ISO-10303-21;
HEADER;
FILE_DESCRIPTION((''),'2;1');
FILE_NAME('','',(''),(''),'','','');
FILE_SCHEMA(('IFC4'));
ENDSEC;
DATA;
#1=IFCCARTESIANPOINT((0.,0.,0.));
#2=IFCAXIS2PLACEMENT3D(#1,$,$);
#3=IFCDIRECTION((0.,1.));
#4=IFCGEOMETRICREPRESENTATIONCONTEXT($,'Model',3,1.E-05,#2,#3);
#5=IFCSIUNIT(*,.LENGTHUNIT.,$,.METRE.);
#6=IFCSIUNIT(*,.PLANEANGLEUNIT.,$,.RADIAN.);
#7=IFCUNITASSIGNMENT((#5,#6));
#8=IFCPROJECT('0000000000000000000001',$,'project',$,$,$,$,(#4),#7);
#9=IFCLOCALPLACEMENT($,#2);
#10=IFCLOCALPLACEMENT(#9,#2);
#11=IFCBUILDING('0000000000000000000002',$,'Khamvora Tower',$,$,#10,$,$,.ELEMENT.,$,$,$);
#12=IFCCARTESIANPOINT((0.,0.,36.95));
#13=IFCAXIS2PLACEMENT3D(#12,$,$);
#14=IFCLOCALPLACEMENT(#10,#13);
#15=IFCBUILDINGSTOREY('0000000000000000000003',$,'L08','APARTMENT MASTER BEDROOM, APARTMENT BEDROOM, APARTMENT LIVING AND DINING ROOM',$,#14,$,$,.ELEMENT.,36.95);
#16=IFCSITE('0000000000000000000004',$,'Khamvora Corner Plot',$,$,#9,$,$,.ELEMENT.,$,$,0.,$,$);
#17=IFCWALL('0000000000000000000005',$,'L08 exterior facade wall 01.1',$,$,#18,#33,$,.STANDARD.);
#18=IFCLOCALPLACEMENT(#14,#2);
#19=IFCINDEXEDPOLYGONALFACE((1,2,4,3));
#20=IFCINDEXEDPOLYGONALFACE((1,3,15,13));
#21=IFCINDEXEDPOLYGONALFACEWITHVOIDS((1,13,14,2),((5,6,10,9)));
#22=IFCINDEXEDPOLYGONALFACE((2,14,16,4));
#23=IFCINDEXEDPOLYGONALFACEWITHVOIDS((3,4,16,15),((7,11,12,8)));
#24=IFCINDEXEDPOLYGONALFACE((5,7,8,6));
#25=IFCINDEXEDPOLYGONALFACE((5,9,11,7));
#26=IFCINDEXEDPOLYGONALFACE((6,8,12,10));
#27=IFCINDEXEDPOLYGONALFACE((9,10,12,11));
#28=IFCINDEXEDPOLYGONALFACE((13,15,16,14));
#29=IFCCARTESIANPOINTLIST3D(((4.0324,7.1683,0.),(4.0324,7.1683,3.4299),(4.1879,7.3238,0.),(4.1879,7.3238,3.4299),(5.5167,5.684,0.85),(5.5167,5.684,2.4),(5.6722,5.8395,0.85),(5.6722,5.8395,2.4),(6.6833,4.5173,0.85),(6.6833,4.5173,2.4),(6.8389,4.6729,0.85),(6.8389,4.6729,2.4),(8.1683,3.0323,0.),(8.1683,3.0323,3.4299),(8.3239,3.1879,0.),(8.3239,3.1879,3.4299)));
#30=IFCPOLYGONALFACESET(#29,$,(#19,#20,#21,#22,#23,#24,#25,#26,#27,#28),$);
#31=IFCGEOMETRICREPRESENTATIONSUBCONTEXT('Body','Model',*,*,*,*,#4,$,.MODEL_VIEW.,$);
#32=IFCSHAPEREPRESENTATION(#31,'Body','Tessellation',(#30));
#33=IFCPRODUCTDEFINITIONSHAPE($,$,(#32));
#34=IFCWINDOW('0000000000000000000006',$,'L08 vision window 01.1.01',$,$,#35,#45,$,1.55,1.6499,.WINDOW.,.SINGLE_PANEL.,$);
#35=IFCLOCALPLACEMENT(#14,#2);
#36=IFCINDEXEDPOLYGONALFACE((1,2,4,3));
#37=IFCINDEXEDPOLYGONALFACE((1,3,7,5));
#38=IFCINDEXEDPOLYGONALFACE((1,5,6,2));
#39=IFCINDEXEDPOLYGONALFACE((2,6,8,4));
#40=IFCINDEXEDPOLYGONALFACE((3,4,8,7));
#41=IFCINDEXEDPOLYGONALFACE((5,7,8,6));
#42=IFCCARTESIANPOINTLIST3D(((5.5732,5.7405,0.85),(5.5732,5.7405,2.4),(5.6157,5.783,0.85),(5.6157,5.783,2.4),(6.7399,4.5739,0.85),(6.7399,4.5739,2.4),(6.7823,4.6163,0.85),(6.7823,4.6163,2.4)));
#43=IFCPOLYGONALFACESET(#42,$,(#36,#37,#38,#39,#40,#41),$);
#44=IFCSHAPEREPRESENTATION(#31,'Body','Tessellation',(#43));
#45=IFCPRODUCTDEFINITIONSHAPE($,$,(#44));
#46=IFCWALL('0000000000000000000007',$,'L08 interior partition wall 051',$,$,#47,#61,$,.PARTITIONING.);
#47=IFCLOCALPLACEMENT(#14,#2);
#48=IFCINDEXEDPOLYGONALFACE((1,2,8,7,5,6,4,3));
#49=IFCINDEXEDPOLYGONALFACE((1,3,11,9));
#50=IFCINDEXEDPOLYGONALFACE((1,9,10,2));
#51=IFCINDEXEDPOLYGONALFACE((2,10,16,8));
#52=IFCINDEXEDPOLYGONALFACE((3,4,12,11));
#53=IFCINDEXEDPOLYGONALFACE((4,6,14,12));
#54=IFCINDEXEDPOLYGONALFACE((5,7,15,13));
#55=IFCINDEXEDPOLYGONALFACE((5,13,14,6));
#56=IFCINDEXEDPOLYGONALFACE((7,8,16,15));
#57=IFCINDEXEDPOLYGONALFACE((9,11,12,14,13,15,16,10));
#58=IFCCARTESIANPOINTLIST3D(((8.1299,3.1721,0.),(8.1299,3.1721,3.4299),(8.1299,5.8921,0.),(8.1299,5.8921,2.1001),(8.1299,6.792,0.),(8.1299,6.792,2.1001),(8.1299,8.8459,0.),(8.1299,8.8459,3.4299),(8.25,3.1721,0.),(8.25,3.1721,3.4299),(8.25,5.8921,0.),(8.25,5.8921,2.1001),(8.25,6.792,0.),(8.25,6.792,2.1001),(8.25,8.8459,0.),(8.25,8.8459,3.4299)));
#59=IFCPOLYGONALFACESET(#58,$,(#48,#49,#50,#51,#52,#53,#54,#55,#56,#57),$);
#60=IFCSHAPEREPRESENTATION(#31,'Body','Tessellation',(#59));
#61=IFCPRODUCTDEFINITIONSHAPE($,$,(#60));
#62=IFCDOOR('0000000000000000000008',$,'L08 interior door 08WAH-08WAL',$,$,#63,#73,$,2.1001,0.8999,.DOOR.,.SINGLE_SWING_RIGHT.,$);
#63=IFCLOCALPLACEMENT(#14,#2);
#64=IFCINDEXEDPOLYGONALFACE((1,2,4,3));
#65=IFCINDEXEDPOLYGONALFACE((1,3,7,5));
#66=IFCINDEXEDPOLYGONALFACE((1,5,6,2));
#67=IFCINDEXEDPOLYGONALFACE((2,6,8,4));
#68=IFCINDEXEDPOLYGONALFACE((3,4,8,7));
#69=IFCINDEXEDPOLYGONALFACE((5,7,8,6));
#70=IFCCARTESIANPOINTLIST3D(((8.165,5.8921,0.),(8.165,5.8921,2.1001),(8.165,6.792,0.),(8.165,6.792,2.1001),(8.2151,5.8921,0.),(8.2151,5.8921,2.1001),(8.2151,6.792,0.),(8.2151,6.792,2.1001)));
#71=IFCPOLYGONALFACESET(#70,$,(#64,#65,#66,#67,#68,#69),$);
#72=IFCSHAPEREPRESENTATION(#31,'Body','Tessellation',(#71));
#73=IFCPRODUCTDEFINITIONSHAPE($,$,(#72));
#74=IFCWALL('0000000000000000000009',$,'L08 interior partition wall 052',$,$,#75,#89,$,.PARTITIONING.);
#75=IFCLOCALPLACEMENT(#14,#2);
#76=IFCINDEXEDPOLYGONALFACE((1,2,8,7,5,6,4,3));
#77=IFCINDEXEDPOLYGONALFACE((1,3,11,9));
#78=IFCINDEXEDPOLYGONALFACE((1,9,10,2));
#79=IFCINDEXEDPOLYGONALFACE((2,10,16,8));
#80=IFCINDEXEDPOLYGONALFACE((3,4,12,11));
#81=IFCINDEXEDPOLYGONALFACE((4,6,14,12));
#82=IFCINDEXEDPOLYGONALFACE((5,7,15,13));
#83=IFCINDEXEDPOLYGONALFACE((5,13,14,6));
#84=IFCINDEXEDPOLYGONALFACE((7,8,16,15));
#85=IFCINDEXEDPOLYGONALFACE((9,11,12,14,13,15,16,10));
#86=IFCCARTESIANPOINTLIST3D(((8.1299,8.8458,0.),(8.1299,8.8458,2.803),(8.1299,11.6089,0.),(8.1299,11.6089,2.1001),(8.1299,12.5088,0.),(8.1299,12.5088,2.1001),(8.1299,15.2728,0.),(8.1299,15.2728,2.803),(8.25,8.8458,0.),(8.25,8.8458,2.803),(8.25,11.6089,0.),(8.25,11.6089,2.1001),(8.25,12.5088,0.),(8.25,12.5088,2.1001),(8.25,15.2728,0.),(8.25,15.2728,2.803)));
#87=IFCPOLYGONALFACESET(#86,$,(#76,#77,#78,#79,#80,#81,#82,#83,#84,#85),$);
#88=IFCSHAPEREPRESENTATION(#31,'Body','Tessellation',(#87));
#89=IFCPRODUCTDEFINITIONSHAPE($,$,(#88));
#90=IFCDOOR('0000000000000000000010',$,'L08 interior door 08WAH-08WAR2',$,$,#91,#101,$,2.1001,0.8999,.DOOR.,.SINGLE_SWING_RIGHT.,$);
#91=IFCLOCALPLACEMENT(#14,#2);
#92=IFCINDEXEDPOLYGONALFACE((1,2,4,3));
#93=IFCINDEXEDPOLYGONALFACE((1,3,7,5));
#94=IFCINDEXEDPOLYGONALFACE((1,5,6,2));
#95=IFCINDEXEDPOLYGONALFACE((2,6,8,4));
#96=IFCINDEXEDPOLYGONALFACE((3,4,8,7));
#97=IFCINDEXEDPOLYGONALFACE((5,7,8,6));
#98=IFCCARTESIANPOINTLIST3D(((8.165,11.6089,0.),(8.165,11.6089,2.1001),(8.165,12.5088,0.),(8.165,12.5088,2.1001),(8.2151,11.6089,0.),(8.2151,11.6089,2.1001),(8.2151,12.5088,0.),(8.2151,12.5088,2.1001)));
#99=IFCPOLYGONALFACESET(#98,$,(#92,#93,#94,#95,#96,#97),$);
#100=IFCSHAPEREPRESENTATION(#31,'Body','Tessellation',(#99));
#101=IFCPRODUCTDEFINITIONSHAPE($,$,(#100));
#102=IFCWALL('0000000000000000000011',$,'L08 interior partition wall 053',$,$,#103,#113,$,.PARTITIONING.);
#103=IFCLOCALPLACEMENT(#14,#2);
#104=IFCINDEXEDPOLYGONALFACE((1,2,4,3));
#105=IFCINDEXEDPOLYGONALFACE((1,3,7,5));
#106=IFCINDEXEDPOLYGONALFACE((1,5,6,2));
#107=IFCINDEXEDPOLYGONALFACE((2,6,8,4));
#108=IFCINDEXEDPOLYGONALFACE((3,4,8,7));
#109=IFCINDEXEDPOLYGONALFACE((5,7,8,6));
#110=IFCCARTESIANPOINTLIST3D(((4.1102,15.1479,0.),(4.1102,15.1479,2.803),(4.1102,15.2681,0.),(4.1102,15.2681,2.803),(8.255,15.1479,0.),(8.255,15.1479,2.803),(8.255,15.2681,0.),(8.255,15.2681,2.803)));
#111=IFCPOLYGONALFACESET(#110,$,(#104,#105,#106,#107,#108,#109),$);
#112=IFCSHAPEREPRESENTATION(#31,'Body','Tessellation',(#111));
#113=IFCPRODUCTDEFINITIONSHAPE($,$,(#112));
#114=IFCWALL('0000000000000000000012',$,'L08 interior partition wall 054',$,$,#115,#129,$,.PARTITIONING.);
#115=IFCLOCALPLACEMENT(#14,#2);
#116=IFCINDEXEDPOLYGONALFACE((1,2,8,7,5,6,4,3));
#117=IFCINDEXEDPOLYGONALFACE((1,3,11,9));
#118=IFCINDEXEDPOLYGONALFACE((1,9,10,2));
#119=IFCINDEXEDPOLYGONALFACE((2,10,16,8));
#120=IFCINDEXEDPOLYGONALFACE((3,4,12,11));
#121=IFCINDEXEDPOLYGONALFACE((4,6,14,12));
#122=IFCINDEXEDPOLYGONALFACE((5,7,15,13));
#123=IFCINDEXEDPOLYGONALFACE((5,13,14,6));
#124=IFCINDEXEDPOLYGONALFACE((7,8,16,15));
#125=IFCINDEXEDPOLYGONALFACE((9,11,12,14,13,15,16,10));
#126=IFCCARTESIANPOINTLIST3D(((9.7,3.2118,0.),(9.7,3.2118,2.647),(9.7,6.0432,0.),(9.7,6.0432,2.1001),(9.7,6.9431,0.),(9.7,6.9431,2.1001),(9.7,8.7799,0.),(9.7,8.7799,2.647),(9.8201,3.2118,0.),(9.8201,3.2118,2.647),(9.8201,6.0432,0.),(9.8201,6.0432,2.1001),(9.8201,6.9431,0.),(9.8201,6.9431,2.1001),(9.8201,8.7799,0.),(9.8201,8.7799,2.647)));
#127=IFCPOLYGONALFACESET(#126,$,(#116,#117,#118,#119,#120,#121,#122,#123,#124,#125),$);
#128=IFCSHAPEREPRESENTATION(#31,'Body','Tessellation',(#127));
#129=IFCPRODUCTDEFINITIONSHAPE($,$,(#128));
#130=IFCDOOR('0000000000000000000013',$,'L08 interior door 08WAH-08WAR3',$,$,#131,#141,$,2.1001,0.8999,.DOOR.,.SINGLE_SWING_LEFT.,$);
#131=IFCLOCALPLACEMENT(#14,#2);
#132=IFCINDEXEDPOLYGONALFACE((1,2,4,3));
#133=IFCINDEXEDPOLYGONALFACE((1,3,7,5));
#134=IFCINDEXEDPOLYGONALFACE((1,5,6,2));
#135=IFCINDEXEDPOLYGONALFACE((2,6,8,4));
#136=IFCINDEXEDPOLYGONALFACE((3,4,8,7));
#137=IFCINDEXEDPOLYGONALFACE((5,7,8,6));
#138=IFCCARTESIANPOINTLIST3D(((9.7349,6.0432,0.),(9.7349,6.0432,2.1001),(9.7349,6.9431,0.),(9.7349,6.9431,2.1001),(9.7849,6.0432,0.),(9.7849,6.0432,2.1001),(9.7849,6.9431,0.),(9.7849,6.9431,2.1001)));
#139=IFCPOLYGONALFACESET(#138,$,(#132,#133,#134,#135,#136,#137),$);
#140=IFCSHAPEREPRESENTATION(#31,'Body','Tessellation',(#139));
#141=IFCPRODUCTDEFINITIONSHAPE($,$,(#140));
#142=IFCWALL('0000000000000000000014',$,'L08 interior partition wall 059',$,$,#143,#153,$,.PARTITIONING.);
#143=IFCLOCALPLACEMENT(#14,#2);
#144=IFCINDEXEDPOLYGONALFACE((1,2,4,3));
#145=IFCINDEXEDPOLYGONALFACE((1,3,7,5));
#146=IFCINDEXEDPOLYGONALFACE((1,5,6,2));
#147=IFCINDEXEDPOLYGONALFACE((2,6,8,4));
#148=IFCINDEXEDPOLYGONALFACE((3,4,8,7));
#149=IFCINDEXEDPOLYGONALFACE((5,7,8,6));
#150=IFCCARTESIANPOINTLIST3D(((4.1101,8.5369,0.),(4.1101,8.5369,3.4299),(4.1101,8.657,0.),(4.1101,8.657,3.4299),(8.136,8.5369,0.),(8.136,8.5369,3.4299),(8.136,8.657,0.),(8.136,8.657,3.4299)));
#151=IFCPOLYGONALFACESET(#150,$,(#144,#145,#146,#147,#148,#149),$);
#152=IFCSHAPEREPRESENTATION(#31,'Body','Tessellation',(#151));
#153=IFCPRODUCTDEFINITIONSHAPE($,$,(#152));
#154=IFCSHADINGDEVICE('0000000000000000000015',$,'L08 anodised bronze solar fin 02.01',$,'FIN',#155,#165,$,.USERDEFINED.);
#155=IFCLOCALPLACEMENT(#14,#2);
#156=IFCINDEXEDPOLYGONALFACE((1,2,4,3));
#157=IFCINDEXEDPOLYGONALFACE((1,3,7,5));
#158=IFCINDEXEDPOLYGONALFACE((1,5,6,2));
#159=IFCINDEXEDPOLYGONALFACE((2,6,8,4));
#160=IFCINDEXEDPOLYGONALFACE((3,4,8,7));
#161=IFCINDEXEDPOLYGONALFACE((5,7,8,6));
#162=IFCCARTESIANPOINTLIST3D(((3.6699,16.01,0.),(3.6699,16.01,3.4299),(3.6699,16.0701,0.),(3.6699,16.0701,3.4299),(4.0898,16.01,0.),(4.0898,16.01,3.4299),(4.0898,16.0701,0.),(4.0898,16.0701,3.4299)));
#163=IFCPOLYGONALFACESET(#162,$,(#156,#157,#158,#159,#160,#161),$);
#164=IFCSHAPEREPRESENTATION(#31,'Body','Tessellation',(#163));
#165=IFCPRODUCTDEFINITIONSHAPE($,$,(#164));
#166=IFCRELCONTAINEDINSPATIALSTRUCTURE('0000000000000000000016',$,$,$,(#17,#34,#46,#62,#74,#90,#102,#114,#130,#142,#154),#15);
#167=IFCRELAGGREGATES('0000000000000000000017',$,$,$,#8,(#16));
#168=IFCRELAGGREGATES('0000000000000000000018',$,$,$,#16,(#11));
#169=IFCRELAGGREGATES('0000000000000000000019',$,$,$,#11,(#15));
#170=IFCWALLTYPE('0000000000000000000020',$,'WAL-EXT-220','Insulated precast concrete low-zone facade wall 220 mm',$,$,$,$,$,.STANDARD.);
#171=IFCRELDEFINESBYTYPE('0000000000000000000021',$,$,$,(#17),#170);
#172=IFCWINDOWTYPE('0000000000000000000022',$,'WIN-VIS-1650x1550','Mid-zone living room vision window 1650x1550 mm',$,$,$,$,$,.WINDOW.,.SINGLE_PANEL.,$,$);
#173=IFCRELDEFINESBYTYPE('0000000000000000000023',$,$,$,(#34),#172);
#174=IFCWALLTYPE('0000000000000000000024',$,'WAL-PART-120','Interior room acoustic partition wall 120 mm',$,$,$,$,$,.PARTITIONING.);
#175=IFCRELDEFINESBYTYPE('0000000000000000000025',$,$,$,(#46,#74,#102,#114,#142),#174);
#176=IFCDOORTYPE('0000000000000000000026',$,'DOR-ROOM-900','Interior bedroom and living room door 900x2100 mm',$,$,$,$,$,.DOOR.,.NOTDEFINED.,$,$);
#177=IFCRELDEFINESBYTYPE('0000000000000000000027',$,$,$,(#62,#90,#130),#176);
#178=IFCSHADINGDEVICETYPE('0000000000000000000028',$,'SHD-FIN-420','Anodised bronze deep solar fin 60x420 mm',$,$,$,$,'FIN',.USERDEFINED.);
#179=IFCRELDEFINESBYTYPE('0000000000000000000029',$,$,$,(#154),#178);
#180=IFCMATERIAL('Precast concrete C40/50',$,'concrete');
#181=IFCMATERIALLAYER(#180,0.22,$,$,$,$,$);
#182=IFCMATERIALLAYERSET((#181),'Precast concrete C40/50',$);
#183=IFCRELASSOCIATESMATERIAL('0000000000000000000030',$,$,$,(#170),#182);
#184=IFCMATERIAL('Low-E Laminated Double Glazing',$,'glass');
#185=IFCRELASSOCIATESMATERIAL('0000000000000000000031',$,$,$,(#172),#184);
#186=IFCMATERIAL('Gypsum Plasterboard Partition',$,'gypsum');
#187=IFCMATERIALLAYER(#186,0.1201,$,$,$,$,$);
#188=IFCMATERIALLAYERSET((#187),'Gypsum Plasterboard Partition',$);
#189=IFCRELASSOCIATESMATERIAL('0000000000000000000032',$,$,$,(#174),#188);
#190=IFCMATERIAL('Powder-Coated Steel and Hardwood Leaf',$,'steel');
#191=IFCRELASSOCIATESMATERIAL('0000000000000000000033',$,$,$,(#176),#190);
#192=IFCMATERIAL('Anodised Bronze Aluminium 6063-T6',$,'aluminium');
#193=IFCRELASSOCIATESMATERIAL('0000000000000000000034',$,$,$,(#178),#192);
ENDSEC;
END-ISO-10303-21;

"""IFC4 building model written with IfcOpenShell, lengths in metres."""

from ifc_helpers import new_model, si_unit, direction, frame, frame_2d, origin, origin_2d, place, context, subcontext, project, spatial, rectangle, extrude, material, layer, layer_set, type_object, element, fill, save


model = new_model("IFC4")

# Units and contexts
model_context = context("Model", 3, precision=1e-05, world=origin(), true_north=direction((0.0, 1.0)))
body_context = subcontext(model_context, "Body", "Model", "MODEL_VIEW")
ifc_project = project(units=[si_unit("LENGTHUNIT", "METRE"), si_unit("PLANEANGLEUNIT", "RADIAN")], contexts=[model_context])

# Site, building, storey
site_placement = place(None, origin())
site = spatial("IfcSite", under=ifc_project, at=site_placement, Name="Khamvora Corner Plot", CompositionType="ELEMENT", RefElevation=0.0)
building_placement = place(site_placement, origin())
building = spatial("IfcBuilding", under=site, at=building_placement, Name="Khamvora Tower", CompositionType="ELEMENT")
storey_placement = place(building_placement, frame((0.0, 0.0, 36.95)))
storey = spatial("IfcBuildingStorey", under=building, at=storey_placement, Name="L08", Description="APARTMENT MASTER BEDROOM, APARTMENT BEDROOM, APARTMENT LIVING AND DINING ROOM", CompositionType="ELEMENT", Elevation=36.95)

# Shared definitions
ifc_material_1 = material(Name="Low-E Laminated Double Glazing", Category="glass")

# Wall, opening, window
ifc_material_2 = material(Name="Precast concrete C40/50", Category="concrete")
ifc_layer_1 = layer(ifc_material_2, 0.22)
ifc_layer_set_1 = layer_set([ifc_layer_1], Name="Precast concrete C40/50")
wall_type_1 = type_object("IfcWallType", Name="WAL-EXT-220", Description="Insulated precast concrete low-zone facade wall 220 mm", PredefinedType="STANDARD", material=ifc_layer_set_1)
wall_1_placement = place(storey_placement, frame((8.2461, 3.1101, 0.0), z_axis=(0.0, 0.0, 1.0), x_axis=(-0.707107, 0.707107, 0.0)))
wall_1 = element("IfcWall", 1, at=wall_1_placement, inside=storey, type_object=wall_type_1, Name="L08 exterior facade wall 01.1", PredefinedType="STANDARD", context=body_context, shape_type="SweptSolid", body=[
    extrude(rectangle(XDim=5.8491, YDim=0.22, at=frame_2d((2.9246, 0.0))), origin(), (0.0, 0.0, 1.0), 3.4299),
])
opening_1_placement = place(wall_1_placement, frame((2.1001, 0.0, 0.8501)))
opening_1 = element("IfcOpeningElement", 2, at=opening_1_placement, cuts=wall_1, PredefinedType="OPENING", context=body_context, shape_type="SweptSolid", body=[
    extrude(rectangle(XDim=1.6499, YDim=1.55, at=frame_2d((0.825, 0.7749))), frame((0.0, 0.1199, 0.0), z_axis=(0.0, -1.0, 0.0), x_axis=(1.0, 0.0, 0.0)), (0.0, 0.0, 1.0), 0.24),
])
window_type = type_object("IfcWindowType", Name="WIN-VIS-1650x1550", Description="Mid-zone living room vision window 1650x1550 mm", PartitioningType="SINGLE_PANEL", PredefinedType="WINDOW", material=ifc_material_1)
window_placement = place(opening_1_placement, origin())
window = element("IfcWindow", 3, at=window_placement, inside=storey, type_object=window_type, Name="L08 vision window 01.1.01", OverallHeight=1.55, OverallWidth=1.6499, PartitioningType="SINGLE_PANEL", PredefinedType="WINDOW", context=body_context, shape_type="SweptSolid", body=[
    extrude(rectangle(XDim=1.6499, YDim=1.55, at=frame_2d((0.825, 0.7749))), frame((0.0, 0.03, 0.0), z_axis=(0.0, -1.0, 0.0), x_axis=(1.0, 0.0, 0.0)), (0.0, 0.0, 1.0), 0.0601),
])
fill(opening_1, window)

# Walls, openings, doors
ifc_material_3 = material(Name="Gypsum Plasterboard Partition", Category="gypsum")
ifc_layer_2 = layer(ifc_material_3, 0.1201)
ifc_layer_set_2 = layer_set([ifc_layer_2], Name="Gypsum Plasterboard Partition")
wall_type_2 = type_object("IfcWallType", Name="WAL-PART-120", Description="Interior room acoustic partition wall 120 mm", PredefinedType="PARTITIONING", material=ifc_layer_set_2)
wall_2_placement = place(storey_placement, frame((8.1899, 3.1721, 0.0), z_axis=(0.0, 0.0, 1.0), x_axis=(0.0, 1.0, 0.0)))
wall_2 = element("IfcWall", 4, at=wall_2_placement, inside=storey, type_object=wall_type_2, Name="L08 interior partition wall 051", PredefinedType="PARTITIONING", context=body_context, shape_type="SweptSolid", body=[
    extrude(rectangle(XDim=5.6738, YDim=0.1201, at=frame_2d((2.8369, 0.0))), origin(), (0.0, 0.0, 1.0), 3.4299),
])
opening_2_placement = place(wall_2_placement, frame((2.72, 0.0, 0.0)))
opening_2 = element("IfcOpeningElement", 5, at=opening_2_placement, cuts=wall_2, PredefinedType="OPENING", context=body_context, shape_type="SweptSolid", body=[
    extrude(rectangle(XDim=0.8999, YDim=2.1001, at=frame_2d((0.45, 1.05))), frame((0.0, 0.0701, 0.0), z_axis=(0.0, -1.0, 0.0), x_axis=(1.0, 0.0, 0.0)), (0.0, 0.0, 1.0), 0.1401),
])
ifc_material_4 = material(Name="Powder-Coated Steel and Hardwood Leaf", Category="steel")
door_type = type_object("IfcDoorType", Name="DOR-ROOM-900", Description="Interior bedroom and living room door 900x2100 mm", OperationType="NOTDEFINED", PredefinedType="DOOR", material=ifc_material_4)
door_1_placement = place(opening_2_placement, origin())
door_1 = element("IfcDoor", 6, at=door_1_placement, inside=storey, type_object=door_type, Name="L08 interior door 08WAH-08WAL", OperationType="SINGLE_SWING_RIGHT", OverallHeight=2.1001, OverallWidth=0.8999, PredefinedType="DOOR", context=body_context, shape_type="SweptSolid", body=[
    extrude(rectangle(XDim=0.8999, YDim=2.1001, at=frame_2d((0.45, 1.05))), frame((0.0, 0.0249, 0.0), z_axis=(0.0, -1.0, 0.0), x_axis=(1.0, 0.0, 0.0)), (0.0, 0.0, 1.0), 0.05),
])
fill(opening_2, door_1)
wall_3_placement = place(storey_placement, frame((8.1899, 8.8459, 0.0), z_axis=(0.0, 0.0, 1.0), x_axis=(0.0, 1.0, 0.0)))
wall_3 = element("IfcWall", 7, at=wall_3_placement, inside=storey, type_object=wall_type_2, Name="L08 interior partition wall 052", PredefinedType="PARTITIONING", context=body_context, shape_type="SweptSolid", body=[
    extrude(rectangle(XDim=6.427, YDim=0.1201, at=frame_2d((3.2134, 0.0))), origin(), (0.0, 0.0, 1.0), 2.803),
])
opening_3_placement = place(wall_3_placement, frame((2.7629, 0.0, 0.0)))
opening_3 = element("IfcOpeningElement", 8, at=opening_3_placement, cuts=wall_3, PredefinedType="OPENING", context=body_context, shape_type="SweptSolid", body=[
    extrude(rectangle(XDim=0.8999, YDim=2.1001, at=frame_2d((0.45, 1.05))), frame((0.0, 0.0701, 0.0), z_axis=(0.0, -1.0, 0.0), x_axis=(1.0, 0.0, 0.0)), (0.0, 0.0, 1.0), 0.1401),
])
door_2_placement = place(opening_3_placement, origin())
door_2 = element("IfcDoor", 9, at=door_2_placement, inside=storey, type_object=door_type, Name="L08 interior door 08WAH-08WAR2", OperationType="SINGLE_SWING_RIGHT", OverallHeight=2.1001, OverallWidth=0.8999, PredefinedType="DOOR", context=body_context, shape_type="SweptSolid", body=[
    extrude(rectangle(XDim=0.8999, YDim=2.1001, at=frame_2d((0.45, 1.05))), frame((0.0, 0.0249, 0.0), z_axis=(0.0, -1.0, 0.0), x_axis=(1.0, 0.0, 0.0)), (0.0, 0.0, 1.0), 0.05),
])
fill(opening_3, door_2)

# Wall
wall_4_placement = place(storey_placement, frame((8.2549, 15.208, 0.0), z_axis=(0.0, 0.0, 1.0), x_axis=(-1.0, 0.0, 0.0)))
element("IfcWall", 10, at=wall_4_placement, inside=storey, type_object=wall_type_2, Name="L08 interior partition wall 053", PredefinedType="PARTITIONING", context=body_context, shape_type="SweptSolid", body=[
    extrude(rectangle(XDim=4.1448, YDim=0.1201, at=frame_2d((2.0723, 0.0))), origin(), (0.0, 0.0, 1.0), 2.803),
])

# Wall, opening, door
wall_5_placement = place(storey_placement, frame((9.76, 8.78, 0.0), z_axis=(0.0, 0.0, 1.0), x_axis=(0.0, -1.0, 0.0)))
wall_5 = element("IfcWall", 11, at=wall_5_placement, inside=storey, type_object=wall_type_2, Name="L08 interior partition wall 054", PredefinedType="PARTITIONING", context=body_context, shape_type="SweptSolid", body=[
    extrude(rectangle(XDim=5.5681, YDim=0.1201, at=frame_2d((2.7842, 0.0))), origin(), (0.0, 0.0, 1.0), 2.647),
])
opening_4_placement = place(wall_5_placement, frame((1.8369, 0.0, 0.0)))
opening_4 = element("IfcOpeningElement", 12, at=opening_4_placement, cuts=wall_5, PredefinedType="OPENING", context=body_context, shape_type="SweptSolid", body=[
    extrude(rectangle(XDim=0.8999, YDim=2.1001, at=frame_2d((0.45, 1.05))), frame((0.0, 0.0701, 0.0), z_axis=(0.0, -1.0, 0.0), x_axis=(1.0, 0.0, 0.0)), (0.0, 0.0, 1.0), 0.1401),
])
door_3_placement = place(opening_4_placement, origin())
door_3 = element("IfcDoor", 13, at=door_3_placement, inside=storey, type_object=door_type, Name="L08 interior door 08WAH-08WAR3", OperationType="SINGLE_SWING_LEFT", OverallHeight=2.1001, OverallWidth=0.8999, PredefinedType="DOOR", context=body_context, shape_type="SweptSolid", body=[
    extrude(rectangle(XDim=0.8999, YDim=2.1001, at=frame_2d((0.45, 1.05))), frame((0.0, 0.0249, 0.0), z_axis=(0.0, -1.0, 0.0), x_axis=(1.0, 0.0, 0.0)), (0.0, 0.0, 1.0), 0.05),
])
fill(opening_4, door_3)

# Wall
wall_6_placement = place(storey_placement, frame((4.1101, 8.5969, 0.0), z_axis=(0.0, 0.0, 1.0), x_axis=(1.0, 0.0, 0.0)))
element("IfcWall", 14, at=wall_6_placement, inside=storey, type_object=wall_type_2, Name="L08 interior partition wall 059", PredefinedType="PARTITIONING", context=body_context, shape_type="SweptSolid", body=[
    extrude(rectangle(XDim=4.0259, YDim=0.1201, at=frame_2d((2.0129, 0.0))), origin(), (0.0, 0.0, 1.0), 3.4299),
])

# Shading device
ifc_material_5 = material(Name="Anodised Bronze Aluminium 6063-T6", Category="aluminium")
shading_device_type = type_object("IfcShadingDeviceType", Name="SHD-FIN-420", Description="Anodised bronze deep solar fin 60x420 mm", ElementType="FIN", PredefinedType="USERDEFINED", material=ifc_material_5)
shading_device_placement = place(storey_placement, frame((3.8799, 16.04, 0.0), z_axis=(0.0, 0.0, 1.0), x_axis=(0.0, 1.0, 0.0)))
element("IfcShadingDevice", 15, at=shading_device_placement, inside=storey, type_object=shading_device_type, Name="L08 anodised bronze solar fin 02.01", ObjectType="FIN", PredefinedType="USERDEFINED", context=body_context, shape_type="SweptSolid", body=[
    extrude(rectangle(XDim=0.0601, YDim=0.4199, at=origin_2d()), origin(), (0.0, 0.0, 1.0), 3.4299),
])

save(model, "model.ifc")
